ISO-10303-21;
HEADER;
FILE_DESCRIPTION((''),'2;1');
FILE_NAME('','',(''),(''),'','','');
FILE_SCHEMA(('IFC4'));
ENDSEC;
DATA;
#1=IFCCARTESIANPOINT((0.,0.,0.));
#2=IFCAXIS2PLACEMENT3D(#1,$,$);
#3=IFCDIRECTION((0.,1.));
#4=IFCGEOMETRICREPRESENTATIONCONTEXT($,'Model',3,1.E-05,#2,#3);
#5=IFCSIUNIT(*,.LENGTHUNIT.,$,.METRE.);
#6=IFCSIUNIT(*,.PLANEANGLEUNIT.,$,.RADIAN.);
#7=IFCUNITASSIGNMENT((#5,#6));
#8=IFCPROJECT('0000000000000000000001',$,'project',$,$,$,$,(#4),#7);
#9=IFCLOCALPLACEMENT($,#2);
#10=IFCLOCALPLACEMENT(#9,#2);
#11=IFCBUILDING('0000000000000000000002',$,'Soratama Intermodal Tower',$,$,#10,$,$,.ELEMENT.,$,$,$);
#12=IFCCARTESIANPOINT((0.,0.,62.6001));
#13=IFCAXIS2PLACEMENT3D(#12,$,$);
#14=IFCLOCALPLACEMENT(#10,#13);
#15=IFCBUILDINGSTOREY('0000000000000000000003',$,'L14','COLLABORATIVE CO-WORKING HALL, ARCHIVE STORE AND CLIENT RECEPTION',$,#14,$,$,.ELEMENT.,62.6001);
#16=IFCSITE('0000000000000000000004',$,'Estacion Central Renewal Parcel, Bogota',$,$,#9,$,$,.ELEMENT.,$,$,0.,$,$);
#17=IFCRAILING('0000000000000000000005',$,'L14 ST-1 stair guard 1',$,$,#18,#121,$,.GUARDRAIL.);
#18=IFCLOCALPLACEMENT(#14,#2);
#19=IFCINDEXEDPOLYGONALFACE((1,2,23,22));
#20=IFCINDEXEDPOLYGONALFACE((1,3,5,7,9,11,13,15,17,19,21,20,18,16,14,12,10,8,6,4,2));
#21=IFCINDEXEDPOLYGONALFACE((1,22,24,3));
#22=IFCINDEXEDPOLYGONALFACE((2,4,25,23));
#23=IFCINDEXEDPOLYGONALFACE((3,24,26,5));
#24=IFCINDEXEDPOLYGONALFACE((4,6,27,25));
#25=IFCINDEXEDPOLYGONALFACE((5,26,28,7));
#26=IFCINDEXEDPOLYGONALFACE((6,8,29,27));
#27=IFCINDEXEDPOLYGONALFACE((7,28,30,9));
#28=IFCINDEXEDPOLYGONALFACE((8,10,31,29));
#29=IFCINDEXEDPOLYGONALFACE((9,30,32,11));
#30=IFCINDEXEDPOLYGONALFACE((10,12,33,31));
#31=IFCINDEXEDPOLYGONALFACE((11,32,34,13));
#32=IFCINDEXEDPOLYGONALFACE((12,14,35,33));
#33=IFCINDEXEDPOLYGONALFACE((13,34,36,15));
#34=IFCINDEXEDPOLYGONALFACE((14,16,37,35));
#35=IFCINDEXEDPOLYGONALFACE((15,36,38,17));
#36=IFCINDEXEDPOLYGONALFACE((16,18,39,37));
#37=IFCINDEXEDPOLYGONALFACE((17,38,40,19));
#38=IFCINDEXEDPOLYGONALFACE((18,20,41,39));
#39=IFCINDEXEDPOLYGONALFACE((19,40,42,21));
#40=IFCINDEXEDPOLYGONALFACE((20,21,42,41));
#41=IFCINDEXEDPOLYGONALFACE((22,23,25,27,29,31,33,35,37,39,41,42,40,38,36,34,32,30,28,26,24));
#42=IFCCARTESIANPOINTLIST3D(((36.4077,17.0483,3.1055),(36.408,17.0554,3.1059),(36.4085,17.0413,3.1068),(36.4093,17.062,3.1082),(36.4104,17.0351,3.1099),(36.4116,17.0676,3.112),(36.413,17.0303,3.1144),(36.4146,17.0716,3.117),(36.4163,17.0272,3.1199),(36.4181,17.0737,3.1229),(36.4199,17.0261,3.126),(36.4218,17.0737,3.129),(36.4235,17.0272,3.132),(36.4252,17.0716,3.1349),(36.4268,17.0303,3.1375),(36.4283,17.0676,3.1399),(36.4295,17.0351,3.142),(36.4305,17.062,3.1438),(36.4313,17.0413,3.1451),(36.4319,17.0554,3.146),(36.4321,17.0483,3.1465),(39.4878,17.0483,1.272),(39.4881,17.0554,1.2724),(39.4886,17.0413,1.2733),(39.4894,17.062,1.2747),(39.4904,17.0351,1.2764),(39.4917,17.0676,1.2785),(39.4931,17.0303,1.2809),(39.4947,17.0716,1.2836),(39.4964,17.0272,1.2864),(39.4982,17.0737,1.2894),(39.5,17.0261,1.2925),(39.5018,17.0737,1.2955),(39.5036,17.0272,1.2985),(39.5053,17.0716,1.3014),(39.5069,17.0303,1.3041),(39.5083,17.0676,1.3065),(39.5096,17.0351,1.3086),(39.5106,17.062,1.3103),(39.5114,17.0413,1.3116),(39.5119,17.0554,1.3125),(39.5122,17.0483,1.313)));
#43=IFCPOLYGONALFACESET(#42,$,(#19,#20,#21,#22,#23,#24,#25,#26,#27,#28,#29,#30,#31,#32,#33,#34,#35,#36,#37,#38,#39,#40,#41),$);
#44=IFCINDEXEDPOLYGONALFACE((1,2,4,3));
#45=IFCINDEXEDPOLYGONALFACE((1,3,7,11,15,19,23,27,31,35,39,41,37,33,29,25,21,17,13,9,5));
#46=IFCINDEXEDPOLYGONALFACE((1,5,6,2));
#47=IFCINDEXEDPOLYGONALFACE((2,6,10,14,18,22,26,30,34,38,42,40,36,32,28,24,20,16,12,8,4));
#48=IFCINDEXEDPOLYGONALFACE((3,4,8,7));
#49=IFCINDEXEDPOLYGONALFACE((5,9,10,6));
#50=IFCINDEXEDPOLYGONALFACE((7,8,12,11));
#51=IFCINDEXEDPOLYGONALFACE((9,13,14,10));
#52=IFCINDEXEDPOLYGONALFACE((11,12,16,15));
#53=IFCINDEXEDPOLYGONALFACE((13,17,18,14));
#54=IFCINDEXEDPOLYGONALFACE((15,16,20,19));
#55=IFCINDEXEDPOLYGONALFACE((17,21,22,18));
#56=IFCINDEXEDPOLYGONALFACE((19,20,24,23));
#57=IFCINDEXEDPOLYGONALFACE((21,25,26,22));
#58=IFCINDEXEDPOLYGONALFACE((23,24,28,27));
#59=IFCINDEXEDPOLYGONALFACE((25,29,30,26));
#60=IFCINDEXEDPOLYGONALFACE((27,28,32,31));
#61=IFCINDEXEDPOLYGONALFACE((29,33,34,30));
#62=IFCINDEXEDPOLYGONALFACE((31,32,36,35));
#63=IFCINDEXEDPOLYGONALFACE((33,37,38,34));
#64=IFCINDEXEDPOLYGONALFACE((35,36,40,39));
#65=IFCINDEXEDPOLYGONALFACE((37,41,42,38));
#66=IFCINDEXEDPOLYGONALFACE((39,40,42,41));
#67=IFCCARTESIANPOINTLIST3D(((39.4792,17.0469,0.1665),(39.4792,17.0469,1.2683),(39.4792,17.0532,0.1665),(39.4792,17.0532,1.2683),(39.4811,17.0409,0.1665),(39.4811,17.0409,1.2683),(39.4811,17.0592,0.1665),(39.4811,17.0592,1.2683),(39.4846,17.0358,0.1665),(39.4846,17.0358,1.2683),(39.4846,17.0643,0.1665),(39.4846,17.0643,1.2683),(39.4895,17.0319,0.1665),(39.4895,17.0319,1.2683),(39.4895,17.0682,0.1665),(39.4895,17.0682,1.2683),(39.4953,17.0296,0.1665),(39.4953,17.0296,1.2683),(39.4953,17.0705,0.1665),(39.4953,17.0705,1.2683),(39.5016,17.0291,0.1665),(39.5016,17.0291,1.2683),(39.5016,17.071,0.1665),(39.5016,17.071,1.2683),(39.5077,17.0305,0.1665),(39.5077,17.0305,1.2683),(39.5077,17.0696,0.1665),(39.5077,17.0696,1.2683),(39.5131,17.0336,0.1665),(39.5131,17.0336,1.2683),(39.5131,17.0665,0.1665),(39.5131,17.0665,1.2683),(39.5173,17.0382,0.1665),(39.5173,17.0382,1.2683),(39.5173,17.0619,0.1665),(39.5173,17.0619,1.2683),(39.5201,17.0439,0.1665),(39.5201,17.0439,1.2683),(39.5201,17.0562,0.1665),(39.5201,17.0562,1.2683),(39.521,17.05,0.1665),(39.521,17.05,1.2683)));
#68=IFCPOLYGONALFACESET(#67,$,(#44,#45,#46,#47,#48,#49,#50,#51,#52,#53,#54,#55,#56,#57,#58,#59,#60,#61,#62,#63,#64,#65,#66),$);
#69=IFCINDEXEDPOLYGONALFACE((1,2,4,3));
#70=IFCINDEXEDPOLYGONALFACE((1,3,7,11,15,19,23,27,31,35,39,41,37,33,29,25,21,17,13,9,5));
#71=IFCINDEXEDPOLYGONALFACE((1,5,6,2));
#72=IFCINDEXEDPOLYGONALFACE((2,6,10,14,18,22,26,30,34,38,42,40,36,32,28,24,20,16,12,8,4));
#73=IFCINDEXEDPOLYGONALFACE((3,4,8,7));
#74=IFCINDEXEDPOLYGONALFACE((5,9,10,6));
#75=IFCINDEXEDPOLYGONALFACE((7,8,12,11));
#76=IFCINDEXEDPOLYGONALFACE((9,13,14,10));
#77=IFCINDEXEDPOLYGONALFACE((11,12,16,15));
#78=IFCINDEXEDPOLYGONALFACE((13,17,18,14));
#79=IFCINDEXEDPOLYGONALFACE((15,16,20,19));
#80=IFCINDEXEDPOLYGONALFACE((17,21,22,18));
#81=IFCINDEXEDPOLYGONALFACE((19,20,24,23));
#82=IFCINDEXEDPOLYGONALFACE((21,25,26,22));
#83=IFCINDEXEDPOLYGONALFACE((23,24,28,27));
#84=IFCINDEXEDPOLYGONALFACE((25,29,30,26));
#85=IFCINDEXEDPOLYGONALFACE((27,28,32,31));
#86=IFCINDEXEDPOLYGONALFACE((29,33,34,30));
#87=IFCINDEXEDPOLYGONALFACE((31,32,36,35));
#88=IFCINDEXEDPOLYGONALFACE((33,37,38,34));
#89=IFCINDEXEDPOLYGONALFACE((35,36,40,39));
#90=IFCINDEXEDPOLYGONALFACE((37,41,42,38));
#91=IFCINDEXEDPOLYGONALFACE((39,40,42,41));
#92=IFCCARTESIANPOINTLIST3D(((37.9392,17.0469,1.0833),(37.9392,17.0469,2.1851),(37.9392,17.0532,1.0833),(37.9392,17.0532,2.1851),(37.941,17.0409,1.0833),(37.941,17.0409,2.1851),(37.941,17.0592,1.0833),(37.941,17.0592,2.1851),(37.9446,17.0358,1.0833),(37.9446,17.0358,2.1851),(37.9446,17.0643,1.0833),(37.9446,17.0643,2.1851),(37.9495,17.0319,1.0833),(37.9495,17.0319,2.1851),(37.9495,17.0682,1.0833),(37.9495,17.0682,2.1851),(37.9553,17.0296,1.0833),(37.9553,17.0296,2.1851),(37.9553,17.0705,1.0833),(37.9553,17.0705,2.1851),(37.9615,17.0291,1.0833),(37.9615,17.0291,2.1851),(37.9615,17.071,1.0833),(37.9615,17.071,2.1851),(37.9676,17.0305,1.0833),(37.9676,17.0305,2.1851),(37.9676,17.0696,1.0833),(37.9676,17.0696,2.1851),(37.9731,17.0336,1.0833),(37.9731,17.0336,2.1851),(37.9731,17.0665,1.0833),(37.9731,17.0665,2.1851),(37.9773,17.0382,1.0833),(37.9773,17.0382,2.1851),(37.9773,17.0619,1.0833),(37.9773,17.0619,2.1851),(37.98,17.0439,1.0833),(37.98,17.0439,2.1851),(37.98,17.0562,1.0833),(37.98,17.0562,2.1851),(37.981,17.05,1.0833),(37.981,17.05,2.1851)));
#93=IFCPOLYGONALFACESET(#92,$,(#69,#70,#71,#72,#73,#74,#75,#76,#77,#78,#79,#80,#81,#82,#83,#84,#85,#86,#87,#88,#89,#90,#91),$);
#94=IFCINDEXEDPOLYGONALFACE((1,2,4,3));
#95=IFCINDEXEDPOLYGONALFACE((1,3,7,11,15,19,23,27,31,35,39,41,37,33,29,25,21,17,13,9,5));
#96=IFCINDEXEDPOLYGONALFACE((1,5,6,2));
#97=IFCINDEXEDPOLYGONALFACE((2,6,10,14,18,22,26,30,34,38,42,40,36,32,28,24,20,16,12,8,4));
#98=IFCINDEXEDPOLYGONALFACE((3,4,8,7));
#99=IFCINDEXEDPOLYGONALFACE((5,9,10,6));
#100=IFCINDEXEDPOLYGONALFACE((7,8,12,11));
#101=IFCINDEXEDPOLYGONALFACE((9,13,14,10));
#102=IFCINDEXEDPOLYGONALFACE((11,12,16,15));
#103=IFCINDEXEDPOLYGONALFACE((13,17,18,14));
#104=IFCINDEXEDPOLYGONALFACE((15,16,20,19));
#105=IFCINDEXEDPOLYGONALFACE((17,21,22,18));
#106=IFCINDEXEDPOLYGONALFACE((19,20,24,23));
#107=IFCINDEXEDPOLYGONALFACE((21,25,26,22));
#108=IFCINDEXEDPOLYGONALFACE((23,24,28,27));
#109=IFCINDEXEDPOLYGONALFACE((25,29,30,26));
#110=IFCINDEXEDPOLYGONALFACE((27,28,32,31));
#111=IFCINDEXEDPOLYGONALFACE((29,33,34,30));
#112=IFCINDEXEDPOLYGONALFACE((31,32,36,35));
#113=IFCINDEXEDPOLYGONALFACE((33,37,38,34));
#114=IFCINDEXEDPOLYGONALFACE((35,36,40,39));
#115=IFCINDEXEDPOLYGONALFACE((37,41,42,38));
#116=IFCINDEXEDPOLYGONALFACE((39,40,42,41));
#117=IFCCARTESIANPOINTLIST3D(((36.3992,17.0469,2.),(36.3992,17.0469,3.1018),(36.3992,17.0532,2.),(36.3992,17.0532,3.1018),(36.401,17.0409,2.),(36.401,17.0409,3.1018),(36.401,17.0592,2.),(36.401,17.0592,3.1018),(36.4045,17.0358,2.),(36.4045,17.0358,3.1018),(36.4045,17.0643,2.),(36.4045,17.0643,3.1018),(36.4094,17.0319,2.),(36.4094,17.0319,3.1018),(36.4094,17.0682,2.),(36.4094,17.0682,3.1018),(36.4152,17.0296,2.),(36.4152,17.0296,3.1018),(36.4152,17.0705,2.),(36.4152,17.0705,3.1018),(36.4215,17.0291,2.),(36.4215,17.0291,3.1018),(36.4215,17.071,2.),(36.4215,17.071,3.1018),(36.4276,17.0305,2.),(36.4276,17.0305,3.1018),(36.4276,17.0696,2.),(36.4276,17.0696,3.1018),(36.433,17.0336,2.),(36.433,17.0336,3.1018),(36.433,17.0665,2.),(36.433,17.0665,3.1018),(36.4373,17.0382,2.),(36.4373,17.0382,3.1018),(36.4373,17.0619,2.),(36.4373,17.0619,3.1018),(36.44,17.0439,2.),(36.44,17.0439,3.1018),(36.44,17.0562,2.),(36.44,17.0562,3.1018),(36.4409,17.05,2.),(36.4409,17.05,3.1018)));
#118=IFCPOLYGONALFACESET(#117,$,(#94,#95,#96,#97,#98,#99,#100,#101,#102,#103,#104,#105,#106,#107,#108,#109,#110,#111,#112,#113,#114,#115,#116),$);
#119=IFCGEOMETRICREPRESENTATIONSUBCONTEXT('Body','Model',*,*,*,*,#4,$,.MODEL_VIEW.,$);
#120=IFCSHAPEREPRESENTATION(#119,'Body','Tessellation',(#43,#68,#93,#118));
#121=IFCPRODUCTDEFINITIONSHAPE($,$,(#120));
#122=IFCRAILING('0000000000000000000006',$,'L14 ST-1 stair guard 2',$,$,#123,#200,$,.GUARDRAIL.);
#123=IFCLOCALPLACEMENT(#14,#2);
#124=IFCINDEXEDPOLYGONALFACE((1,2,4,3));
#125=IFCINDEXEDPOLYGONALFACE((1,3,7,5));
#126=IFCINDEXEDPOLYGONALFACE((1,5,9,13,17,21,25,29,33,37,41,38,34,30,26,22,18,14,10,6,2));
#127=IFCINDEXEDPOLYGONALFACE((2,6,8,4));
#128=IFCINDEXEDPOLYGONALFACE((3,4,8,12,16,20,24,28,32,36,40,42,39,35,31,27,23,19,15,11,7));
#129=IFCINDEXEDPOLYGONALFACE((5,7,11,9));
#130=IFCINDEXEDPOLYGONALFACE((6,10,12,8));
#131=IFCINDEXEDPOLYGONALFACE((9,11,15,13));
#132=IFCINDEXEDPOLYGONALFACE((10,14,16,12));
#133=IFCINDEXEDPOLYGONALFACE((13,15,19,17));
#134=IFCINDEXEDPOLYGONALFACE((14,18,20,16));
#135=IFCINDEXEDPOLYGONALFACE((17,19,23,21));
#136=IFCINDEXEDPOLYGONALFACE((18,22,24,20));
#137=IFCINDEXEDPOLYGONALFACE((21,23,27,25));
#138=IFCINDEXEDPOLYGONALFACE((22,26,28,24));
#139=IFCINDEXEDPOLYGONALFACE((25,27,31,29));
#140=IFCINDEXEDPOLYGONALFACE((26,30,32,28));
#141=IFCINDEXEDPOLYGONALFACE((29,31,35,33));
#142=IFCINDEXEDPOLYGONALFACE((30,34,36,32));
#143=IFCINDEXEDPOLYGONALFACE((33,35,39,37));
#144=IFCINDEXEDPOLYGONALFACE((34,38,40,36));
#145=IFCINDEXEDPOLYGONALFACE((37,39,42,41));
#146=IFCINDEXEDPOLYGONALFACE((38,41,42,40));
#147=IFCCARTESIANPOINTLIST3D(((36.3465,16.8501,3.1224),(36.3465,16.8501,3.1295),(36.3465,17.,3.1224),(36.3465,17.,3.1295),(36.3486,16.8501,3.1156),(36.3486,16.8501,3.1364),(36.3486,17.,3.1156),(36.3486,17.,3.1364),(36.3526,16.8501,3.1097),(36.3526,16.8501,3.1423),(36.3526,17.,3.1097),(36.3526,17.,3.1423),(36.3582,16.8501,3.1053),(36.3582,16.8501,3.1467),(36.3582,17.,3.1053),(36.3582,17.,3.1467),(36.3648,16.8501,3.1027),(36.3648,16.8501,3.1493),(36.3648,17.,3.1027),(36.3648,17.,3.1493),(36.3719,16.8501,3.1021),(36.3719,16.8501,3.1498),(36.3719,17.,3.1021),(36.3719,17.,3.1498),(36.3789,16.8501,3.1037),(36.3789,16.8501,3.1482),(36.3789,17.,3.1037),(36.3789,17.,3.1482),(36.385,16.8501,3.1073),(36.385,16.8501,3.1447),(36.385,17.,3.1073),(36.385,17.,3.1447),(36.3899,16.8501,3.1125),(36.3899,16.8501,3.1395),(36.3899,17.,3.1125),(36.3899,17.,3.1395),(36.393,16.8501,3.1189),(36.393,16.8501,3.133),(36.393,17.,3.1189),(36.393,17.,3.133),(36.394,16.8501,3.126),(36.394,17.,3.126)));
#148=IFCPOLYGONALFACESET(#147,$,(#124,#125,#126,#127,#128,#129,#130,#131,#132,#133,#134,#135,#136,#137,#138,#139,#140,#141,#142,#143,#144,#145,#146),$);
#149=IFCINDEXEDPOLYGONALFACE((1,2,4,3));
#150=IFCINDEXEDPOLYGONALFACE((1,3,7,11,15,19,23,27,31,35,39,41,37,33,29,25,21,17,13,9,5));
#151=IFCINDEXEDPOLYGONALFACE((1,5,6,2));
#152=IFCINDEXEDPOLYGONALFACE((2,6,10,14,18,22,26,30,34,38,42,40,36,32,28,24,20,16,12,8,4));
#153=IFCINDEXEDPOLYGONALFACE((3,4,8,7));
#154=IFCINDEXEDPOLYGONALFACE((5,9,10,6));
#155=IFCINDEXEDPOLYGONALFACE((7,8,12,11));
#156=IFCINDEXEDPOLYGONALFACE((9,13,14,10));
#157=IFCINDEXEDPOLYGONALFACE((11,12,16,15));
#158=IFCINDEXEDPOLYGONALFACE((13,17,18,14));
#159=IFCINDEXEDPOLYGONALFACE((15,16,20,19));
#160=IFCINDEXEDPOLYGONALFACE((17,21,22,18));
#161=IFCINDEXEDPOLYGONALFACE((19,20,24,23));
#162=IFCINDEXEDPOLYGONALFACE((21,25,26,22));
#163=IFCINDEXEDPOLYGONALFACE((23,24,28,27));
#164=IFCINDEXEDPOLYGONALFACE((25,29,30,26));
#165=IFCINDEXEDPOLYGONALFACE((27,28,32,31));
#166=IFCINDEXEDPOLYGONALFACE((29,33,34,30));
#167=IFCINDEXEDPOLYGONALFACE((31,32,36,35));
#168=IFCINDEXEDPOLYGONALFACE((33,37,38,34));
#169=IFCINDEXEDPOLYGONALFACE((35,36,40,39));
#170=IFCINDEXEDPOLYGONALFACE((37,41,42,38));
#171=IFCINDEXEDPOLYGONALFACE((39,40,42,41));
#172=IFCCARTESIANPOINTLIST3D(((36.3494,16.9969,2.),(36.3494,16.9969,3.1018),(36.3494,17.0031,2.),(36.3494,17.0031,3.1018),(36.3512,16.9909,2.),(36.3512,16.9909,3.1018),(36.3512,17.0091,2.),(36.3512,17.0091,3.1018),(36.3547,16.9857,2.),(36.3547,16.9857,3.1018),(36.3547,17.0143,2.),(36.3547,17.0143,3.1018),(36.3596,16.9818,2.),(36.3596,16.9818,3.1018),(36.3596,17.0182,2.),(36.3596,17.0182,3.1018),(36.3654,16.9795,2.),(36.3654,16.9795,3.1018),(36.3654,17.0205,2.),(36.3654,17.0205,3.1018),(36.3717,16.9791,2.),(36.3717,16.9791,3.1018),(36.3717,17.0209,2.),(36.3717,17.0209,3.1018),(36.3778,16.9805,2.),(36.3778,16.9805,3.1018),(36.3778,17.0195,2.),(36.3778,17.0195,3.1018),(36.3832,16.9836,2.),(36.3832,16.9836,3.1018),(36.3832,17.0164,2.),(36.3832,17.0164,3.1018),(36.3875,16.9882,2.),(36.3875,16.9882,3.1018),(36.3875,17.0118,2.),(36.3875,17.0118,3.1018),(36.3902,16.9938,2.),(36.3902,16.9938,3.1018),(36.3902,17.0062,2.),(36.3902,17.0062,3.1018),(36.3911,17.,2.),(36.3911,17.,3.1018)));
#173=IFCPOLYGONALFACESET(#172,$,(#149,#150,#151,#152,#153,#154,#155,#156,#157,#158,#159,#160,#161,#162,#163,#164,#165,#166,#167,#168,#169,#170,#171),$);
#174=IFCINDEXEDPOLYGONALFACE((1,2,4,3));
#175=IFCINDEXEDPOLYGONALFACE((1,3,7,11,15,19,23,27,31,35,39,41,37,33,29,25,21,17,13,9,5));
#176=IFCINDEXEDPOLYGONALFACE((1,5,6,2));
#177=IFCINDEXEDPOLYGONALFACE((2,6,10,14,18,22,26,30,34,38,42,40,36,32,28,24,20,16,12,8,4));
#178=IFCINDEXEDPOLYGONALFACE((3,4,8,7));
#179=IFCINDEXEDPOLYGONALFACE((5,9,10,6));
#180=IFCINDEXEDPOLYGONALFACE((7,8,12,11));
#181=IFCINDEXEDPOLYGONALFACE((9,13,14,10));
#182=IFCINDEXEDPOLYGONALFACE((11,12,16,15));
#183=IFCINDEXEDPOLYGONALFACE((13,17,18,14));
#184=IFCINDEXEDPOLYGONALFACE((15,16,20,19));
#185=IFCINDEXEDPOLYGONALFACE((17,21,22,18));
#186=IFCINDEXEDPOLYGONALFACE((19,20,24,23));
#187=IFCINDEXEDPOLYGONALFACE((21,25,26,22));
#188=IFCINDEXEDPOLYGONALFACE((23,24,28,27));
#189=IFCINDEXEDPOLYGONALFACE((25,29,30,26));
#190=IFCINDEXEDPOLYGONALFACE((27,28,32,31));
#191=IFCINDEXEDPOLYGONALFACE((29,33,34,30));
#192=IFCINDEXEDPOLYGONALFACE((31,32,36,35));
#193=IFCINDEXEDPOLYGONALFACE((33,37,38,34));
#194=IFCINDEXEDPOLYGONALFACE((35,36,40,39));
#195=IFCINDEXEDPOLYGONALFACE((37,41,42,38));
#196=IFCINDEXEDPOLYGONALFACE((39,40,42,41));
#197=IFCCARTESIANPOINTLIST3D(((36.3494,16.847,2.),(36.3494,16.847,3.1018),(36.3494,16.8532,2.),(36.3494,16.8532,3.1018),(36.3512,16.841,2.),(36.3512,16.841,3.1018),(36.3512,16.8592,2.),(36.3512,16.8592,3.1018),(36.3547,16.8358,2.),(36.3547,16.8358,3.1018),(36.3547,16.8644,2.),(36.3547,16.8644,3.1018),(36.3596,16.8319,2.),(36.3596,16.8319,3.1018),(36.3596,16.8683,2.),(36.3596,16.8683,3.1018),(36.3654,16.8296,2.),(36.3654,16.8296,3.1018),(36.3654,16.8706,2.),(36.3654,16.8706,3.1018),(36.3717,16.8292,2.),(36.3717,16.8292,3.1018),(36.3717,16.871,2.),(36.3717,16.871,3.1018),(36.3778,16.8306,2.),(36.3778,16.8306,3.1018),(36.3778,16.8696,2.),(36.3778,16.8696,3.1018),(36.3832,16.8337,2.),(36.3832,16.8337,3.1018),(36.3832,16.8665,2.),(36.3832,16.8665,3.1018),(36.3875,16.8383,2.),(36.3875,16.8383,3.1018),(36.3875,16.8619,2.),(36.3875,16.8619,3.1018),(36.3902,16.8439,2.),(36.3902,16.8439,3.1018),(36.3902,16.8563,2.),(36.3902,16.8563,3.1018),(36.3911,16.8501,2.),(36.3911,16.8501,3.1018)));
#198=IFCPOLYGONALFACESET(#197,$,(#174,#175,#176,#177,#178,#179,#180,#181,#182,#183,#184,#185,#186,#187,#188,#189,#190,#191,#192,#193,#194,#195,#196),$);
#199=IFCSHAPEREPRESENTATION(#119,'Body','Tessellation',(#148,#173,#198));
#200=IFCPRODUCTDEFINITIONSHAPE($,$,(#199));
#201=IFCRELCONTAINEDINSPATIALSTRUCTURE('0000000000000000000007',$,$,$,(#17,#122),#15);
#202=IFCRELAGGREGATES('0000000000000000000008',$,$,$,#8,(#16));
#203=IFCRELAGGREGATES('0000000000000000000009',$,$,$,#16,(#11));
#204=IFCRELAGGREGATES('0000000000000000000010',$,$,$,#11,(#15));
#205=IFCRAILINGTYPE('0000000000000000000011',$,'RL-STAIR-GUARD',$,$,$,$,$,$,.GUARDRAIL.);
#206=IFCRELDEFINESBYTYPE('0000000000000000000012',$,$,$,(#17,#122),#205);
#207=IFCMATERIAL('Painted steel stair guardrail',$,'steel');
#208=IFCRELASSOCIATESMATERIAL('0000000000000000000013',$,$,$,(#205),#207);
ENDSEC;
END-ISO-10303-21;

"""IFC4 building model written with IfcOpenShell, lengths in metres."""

from ifc_helpers import new_model, si_unit, direction, frame, origin, origin_2d, place, context, subcontext, project, spatial, circle, extrude, material, type_object, element, save


model = new_model("IFC4")

# Units and contexts
model_context = context("Model", 3, precision=1e-05, world=origin(), true_north=direction((0.0, 1.0)))
body_context = subcontext(model_context, "Body", "Model", "MODEL_VIEW")
ifc_project = project(units=[si_unit("LENGTHUNIT", "METRE"), si_unit("PLANEANGLEUNIT", "RADIAN")], contexts=[model_context])

# Site, building, storey
site_placement = place(None, origin())
site = spatial("IfcSite", under=ifc_project, at=site_placement, Name="Estacion Central Renewal Parcel, Bogota", CompositionType="ELEMENT", RefElevation=0.0)
building_placement = place(site_placement, origin())
building = spatial("IfcBuilding", under=site, at=building_placement, Name="Soratama Intermodal Tower", CompositionType="ELEMENT")
storey_placement = place(building_placement, frame((0.0, 0.0, 62.6001)))
storey = spatial("IfcBuildingStorey", under=building, at=storey_placement, Name="L14", Description="COLLABORATIVE CO-WORKING HALL, ARCHIVE STORE AND CLIENT RECEPTION", CompositionType="ELEMENT", Elevation=62.6001)

# Railings
ifc_material_1 = material(Name="Painted steel stair guardrail", Category="steel")
railing_type_1 = type_object("IfcRailingType", Name="RL-STAIR-GUARD", PredefinedType="GUARDRAIL", material=ifc_material_1)
railing_1_placement = place(storey_placement, frame((39.5, 17.05, 0.1665)))
element("IfcRailing", 1, at=railing_1_placement, inside=storey, type_object=railing_type_1, Name="L14 ST-1 stair guard 1", PredefinedType="GUARDRAIL", context=body_context, shape_type="SweptSolid", body=[
    extrude(circle(Radius=0.0239, at=origin_2d()), frame((0.0, 0.0, 1.126), z_axis=(-0.859279, 0.0, 0.511508), x_axis=(0.0, -1.0, 0.0)), (0.0, 0.0, 1.0), 3.5845),
    extrude(circle(Radius=0.021, at=origin_2d()), origin(), (0.0, 0.0, 1.0), 1.1018),
    extrude(circle(Radius=0.021, at=origin_2d()), frame((-1.54, 0.0, 0.9167)), (0.0, 0.0, 1.0), 1.1018),
    extrude(circle(Radius=0.021, at=origin_2d()), frame((-3.0801, 0.0, 1.8335)), (0.0, 0.0, 1.0), 1.1018),
])
railing_2_placement = place(storey_placement, frame((36.3701, 17.0, 2.0)))
element("IfcRailing", 2, at=railing_2_placement, inside=storey, type_object=railing_type_1, Name="L14 ST-1 stair guard 2", PredefinedType="GUARDRAIL", context=body_context, shape_type="SweptSolid", body=[
    extrude(circle(Radius=0.0239, at=origin_2d()), frame((0.0, 0.0, 1.126), z_axis=(0.0, -1.0, 0.0), x_axis=(1.0, 0.0, 0.0)), (0.0, 0.0, 1.0), 0.1499),
    extrude(circle(Radius=0.021, at=origin_2d()), origin(), (0.0, 0.0, 1.0), 1.1018),
    extrude(circle(Radius=0.021, at=origin_2d()), frame((0.0, -0.1499, 0.0)), (0.0, 0.0, 1.0), 1.1018),
])

save(model, "model.ifc")
